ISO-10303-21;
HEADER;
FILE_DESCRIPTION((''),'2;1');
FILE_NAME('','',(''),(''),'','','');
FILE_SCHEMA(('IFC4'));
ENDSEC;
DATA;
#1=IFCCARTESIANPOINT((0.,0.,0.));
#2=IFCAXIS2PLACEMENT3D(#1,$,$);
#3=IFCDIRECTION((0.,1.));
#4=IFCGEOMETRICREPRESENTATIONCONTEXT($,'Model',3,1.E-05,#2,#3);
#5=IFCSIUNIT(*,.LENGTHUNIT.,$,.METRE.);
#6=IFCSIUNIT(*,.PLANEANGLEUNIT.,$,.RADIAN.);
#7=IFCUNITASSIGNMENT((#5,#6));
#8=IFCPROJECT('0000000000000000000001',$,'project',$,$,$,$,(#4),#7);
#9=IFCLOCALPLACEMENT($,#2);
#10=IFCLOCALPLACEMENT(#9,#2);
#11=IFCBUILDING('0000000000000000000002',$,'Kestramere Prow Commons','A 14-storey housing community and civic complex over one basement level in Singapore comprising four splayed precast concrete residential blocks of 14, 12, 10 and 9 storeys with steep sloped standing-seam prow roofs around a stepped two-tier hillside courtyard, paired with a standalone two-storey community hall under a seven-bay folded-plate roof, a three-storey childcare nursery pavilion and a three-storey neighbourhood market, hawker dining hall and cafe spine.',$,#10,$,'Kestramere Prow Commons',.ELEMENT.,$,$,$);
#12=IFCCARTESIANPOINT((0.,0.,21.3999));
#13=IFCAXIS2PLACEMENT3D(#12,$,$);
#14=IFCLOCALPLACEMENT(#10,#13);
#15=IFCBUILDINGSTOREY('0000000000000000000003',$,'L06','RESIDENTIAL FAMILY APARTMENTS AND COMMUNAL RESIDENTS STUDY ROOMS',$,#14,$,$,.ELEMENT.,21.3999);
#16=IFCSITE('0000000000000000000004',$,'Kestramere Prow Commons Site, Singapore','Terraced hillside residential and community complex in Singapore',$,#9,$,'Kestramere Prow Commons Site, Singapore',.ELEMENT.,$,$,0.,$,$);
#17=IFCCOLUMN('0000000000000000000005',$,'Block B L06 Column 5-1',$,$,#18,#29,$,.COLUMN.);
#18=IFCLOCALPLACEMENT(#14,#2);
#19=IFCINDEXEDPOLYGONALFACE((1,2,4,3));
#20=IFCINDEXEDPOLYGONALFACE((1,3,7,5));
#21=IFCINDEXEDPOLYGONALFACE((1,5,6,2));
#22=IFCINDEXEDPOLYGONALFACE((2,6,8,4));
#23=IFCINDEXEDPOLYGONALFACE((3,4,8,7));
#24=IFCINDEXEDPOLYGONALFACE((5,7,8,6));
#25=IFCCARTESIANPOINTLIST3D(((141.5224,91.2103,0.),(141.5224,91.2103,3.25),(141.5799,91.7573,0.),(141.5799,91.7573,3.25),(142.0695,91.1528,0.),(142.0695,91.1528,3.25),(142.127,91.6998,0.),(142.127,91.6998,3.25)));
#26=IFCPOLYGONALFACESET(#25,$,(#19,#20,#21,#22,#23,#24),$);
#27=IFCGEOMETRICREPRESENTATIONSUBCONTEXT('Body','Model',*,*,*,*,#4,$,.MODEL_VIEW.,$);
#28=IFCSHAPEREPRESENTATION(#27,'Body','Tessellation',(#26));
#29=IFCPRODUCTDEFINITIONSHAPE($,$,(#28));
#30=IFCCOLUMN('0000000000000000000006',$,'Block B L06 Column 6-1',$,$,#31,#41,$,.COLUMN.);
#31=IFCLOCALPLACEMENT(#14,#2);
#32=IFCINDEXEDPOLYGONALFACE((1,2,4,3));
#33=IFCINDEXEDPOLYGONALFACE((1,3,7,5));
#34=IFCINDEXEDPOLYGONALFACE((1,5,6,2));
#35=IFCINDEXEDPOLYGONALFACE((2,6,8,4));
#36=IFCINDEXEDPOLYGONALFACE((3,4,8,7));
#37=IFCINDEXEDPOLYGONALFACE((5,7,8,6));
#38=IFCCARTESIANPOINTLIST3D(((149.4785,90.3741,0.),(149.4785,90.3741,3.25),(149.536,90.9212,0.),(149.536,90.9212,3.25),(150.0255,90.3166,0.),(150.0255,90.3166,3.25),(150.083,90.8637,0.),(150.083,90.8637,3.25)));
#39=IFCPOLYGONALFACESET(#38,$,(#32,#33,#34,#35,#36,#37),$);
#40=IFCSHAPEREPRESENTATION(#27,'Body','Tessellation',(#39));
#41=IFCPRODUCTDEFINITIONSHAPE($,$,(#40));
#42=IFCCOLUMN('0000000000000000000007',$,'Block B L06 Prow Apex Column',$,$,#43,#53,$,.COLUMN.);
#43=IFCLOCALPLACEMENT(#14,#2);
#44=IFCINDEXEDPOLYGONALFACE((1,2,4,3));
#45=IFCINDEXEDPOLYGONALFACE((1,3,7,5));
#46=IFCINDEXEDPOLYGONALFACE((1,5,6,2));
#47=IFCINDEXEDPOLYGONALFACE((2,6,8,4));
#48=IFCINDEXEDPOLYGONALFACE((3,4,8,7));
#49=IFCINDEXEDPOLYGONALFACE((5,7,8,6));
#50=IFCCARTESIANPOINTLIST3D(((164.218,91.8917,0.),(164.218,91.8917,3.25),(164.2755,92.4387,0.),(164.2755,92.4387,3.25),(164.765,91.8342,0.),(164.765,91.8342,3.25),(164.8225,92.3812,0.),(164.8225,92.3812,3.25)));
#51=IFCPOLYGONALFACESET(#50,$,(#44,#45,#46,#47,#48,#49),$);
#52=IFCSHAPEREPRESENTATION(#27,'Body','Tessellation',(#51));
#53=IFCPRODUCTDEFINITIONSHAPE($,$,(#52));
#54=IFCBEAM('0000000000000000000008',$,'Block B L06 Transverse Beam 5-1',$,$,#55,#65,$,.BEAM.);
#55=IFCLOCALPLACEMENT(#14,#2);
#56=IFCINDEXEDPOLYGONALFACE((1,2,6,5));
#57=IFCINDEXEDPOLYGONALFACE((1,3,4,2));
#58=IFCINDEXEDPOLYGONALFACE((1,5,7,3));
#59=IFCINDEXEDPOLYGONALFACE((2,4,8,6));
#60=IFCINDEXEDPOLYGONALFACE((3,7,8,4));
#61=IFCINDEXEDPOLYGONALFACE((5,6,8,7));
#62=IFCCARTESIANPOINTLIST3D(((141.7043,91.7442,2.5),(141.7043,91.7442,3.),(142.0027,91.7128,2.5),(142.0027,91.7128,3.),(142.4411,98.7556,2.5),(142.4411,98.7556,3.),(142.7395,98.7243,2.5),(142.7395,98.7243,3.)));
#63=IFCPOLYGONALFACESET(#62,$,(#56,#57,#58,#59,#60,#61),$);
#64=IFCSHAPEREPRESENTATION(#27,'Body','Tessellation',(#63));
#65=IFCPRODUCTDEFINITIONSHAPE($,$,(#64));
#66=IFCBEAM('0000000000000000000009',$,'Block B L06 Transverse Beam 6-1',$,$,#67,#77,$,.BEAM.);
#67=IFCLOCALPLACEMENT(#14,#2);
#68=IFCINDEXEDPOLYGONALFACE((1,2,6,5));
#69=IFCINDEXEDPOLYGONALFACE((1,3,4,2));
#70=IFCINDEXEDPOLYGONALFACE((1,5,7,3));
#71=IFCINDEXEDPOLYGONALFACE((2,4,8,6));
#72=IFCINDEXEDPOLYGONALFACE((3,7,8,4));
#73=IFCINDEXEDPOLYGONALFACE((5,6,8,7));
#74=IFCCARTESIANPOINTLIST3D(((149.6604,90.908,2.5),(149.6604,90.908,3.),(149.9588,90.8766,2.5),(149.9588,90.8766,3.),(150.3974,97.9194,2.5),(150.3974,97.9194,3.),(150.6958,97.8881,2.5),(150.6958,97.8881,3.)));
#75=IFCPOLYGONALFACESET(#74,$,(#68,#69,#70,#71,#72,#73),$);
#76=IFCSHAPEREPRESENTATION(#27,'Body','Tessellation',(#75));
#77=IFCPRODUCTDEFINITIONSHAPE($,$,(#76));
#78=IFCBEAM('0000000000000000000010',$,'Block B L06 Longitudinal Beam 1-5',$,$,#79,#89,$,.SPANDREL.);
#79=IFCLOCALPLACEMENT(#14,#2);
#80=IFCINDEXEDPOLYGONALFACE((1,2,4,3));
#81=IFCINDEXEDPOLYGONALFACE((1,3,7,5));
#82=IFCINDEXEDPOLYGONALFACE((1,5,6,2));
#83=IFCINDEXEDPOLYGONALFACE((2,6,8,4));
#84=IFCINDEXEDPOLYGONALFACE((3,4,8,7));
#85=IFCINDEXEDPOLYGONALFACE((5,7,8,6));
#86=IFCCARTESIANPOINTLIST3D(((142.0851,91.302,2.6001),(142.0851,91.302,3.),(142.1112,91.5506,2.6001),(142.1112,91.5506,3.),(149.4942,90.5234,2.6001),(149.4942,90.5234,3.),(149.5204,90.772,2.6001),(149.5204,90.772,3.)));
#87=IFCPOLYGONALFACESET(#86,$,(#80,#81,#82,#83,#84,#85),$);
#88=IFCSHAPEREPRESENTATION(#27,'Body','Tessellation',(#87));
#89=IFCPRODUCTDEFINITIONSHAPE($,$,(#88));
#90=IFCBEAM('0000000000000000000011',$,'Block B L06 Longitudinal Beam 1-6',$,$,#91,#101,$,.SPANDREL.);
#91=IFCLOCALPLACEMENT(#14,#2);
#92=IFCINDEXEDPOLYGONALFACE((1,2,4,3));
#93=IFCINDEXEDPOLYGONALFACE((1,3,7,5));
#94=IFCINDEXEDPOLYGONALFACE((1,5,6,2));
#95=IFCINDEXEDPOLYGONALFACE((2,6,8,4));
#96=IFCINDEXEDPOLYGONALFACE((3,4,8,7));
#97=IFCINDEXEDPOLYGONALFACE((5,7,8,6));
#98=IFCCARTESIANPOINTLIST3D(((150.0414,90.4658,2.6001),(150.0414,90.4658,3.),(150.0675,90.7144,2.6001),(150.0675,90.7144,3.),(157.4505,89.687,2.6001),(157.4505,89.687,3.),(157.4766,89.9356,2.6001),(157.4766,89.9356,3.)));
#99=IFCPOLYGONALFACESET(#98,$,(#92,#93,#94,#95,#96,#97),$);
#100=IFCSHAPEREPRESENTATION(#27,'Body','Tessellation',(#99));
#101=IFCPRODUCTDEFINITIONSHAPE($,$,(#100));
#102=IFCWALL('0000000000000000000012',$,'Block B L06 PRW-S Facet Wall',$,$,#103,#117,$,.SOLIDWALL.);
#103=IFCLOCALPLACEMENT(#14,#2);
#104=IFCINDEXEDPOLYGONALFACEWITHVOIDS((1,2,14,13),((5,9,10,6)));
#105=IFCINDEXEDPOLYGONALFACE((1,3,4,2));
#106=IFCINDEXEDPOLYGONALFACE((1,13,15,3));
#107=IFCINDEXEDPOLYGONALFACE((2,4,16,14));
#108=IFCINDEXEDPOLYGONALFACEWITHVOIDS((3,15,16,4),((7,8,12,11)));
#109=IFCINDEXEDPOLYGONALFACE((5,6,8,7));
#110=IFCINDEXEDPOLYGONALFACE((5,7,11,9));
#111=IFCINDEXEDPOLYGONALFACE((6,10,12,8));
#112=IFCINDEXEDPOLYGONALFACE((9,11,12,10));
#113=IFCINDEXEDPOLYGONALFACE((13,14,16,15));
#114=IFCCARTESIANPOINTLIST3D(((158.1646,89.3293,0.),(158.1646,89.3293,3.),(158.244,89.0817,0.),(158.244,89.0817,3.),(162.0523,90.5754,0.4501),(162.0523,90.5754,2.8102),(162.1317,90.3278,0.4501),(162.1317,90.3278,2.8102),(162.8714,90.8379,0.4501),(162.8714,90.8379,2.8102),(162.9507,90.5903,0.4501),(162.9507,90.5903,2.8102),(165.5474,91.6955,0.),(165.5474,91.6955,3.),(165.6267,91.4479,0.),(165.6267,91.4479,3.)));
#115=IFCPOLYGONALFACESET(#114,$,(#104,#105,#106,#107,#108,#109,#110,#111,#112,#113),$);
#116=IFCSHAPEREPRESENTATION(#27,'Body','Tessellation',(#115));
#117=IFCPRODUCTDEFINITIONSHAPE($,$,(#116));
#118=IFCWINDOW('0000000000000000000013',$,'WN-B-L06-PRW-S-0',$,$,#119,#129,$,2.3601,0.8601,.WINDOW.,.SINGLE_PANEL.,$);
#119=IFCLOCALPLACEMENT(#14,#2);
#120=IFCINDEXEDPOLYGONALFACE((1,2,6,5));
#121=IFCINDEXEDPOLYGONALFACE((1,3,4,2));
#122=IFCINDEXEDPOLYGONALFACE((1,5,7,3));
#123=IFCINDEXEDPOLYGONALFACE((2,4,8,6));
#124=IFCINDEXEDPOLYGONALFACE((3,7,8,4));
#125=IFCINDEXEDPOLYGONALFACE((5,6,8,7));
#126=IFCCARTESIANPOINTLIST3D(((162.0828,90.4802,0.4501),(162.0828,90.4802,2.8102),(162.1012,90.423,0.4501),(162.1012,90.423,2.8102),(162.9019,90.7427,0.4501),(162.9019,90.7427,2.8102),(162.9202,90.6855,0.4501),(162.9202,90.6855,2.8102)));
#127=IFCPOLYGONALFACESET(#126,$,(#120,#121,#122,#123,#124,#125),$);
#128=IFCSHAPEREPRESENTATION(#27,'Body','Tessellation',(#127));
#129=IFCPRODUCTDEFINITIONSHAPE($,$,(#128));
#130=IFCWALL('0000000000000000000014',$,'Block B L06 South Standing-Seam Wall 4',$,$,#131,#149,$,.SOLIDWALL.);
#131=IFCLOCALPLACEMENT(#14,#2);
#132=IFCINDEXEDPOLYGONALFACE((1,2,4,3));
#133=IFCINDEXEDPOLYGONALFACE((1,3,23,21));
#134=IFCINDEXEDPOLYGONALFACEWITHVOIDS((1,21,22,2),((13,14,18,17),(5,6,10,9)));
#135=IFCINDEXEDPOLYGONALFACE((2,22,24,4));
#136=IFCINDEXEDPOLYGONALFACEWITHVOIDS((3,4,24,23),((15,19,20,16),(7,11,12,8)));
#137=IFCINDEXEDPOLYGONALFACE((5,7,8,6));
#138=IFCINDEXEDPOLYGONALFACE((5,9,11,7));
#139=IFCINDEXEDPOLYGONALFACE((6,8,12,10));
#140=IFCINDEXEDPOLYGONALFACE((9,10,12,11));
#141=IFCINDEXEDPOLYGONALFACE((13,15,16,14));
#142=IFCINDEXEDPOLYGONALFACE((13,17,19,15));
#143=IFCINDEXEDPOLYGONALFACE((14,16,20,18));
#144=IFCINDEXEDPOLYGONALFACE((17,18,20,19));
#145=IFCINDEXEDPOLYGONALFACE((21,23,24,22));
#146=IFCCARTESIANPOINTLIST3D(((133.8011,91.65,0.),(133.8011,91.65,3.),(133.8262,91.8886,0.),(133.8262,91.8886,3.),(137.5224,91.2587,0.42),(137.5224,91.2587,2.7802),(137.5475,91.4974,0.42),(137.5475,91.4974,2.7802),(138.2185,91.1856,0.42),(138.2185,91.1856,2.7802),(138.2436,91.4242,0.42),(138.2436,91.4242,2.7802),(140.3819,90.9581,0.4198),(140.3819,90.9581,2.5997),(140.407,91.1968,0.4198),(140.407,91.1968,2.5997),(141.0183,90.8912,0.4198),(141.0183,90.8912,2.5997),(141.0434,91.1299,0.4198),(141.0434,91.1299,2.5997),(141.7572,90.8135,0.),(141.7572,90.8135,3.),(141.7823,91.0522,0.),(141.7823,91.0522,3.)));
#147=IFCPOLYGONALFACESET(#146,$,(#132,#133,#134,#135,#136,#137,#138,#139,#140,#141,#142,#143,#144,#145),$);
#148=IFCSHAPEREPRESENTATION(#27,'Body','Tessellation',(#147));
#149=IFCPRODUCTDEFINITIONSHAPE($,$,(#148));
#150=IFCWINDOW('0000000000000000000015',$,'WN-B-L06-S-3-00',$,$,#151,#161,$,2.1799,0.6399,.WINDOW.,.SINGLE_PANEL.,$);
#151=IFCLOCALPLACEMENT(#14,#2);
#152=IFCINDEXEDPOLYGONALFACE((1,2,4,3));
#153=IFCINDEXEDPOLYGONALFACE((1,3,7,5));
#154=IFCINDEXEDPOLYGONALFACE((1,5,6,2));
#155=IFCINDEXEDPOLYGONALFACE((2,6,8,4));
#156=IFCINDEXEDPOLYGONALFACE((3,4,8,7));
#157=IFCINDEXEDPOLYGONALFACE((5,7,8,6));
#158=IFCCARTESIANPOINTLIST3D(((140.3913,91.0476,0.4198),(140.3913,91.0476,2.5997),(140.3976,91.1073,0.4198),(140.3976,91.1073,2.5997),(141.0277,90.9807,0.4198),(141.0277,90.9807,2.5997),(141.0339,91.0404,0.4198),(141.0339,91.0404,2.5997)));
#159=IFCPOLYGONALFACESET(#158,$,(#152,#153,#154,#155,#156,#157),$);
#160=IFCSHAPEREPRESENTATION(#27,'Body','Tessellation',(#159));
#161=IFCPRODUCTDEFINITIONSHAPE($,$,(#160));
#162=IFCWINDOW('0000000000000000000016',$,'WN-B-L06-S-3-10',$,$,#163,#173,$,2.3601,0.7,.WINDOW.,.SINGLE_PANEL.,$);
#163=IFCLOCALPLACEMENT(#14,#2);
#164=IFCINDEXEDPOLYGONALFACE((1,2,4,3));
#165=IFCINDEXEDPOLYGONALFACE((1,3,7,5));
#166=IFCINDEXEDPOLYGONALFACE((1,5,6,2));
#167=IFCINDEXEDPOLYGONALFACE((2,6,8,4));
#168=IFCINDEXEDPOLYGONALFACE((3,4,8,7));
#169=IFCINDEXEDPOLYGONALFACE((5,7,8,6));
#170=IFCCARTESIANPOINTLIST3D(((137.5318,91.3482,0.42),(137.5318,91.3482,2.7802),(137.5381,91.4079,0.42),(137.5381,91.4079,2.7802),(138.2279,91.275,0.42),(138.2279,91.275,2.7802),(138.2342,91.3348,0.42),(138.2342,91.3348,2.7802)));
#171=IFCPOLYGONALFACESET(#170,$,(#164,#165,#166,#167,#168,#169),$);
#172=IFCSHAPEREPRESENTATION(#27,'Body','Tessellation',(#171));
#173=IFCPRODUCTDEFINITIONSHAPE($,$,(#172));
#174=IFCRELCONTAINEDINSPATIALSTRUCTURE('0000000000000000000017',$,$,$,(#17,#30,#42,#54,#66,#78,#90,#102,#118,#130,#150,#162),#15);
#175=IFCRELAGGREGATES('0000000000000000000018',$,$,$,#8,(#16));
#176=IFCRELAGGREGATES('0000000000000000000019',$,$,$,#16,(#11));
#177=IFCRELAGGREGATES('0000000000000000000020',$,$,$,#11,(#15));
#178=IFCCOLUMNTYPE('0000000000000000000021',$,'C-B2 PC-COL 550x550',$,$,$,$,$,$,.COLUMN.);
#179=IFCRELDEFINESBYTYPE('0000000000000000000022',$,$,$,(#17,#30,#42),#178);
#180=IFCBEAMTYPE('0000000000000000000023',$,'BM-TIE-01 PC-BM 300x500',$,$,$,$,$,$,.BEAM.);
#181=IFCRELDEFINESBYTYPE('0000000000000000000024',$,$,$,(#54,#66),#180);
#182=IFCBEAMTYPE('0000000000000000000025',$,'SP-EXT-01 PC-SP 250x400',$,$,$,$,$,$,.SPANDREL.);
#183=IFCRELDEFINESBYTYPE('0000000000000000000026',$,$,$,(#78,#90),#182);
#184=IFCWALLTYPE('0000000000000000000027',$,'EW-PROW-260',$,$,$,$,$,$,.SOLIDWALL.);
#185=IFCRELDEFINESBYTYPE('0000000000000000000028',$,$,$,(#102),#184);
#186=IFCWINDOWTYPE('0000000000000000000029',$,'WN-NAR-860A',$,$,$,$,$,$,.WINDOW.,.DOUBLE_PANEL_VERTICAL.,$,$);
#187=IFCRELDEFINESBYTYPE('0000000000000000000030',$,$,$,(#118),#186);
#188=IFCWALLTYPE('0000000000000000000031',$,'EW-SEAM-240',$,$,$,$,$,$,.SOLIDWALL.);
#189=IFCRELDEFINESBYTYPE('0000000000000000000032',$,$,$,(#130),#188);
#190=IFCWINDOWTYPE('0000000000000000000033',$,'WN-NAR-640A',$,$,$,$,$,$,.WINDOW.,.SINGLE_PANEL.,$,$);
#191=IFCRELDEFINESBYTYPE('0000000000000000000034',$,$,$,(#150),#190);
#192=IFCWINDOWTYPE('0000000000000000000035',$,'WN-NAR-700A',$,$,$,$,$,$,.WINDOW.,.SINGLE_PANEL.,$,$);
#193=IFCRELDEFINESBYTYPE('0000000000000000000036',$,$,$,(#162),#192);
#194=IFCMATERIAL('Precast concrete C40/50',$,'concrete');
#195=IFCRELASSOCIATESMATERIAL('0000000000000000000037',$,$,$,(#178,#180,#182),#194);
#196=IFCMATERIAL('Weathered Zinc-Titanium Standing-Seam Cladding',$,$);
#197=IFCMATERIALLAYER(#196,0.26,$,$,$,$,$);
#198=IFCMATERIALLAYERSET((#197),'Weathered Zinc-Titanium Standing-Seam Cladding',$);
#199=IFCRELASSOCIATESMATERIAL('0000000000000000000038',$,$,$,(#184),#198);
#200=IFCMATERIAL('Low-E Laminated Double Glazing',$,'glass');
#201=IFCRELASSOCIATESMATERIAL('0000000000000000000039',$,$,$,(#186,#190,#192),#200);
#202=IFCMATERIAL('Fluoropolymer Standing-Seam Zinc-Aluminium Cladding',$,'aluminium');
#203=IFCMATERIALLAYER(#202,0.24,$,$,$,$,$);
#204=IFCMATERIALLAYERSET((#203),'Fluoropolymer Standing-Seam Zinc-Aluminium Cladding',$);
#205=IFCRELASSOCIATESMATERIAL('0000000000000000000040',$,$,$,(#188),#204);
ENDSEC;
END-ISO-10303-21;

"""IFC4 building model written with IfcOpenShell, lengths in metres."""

from ifc_helpers import new_model, si_unit, direction, frame, frame_2d, origin, origin_2d, place, context, subcontext, project, spatial, rectangle, extrude, material, layer, layer_set, material_profile, profile_set, type_object, element, fill, save


model = new_model("IFC4")

# Units and contexts
model_context = context("Model", 3, precision=1e-05, world=origin(), true_north=direction((0.0, 1.0)))
body_context = subcontext(model_context, "Body", "Model", "MODEL_VIEW")
ifc_project = project(units=[si_unit("LENGTHUNIT", "METRE"), si_unit("PLANEANGLEUNIT", "RADIAN")], contexts=[model_context])

# Site, building, storey
site_placement = place(None, origin())
site = spatial("IfcSite", under=ifc_project, at=site_placement, Name="Kestramere Prow Commons Site, Singapore", Description="Terraced hillside residential and community complex in Singapore", LongName="Kestramere Prow Commons Site, Singapore", CompositionType="ELEMENT", RefElevation=0.0)
building_placement = place(site_placement, origin())
building = spatial("IfcBuilding", under=site, at=building_placement, Name="Kestramere Prow Commons", Description="A 14-storey housing community and civic complex over one basement level in Singapore comprising four splayed precast concrete residential blocks of 14, 12, 10 and 9 storeys with steep sloped standing-seam prow roofs around a stepped two-tier hillside courtyard, paired with a standalone two-storey community hall under a seven-bay folded-plate roof, a three-storey childcare nursery pavilion and a three-storey neighbourhood market, hawker dining hall and cafe spine.", LongName="Kestramere Prow Commons", CompositionType="ELEMENT")
storey_placement = place(building_placement, frame((0.0, 0.0, 21.3999)))
storey = spatial("IfcBuildingStorey", under=building, at=storey_placement, Name="L06", Description="RESIDENTIAL FAMILY APARTMENTS AND COMMUNAL RESIDENTS STUDY ROOMS", CompositionType="ELEMENT", Elevation=21.3999)

# Columns
ifc_material_1 = material(Name="Precast concrete C40/50", Category="concrete")
ifc_material_profile_1 = material_profile(ifc_material_1, rectangle(XDim=0.55, YDim=0.55, at=origin_2d()), Name="PC-COL 550x550")
ifc_profile_set_1 = profile_set([ifc_material_profile_1], Name="Precast concrete C40/50")
column_type = type_object("IfcColumnType", Name="C-B2 PC-COL 550x550", PredefinedType="COLUMN", material=ifc_profile_set_1)
for number, where, z_axis, x_axis, name in (
    (1, (141.8247, 91.4551, 0.0), (0.0, 0.0, 1.0), (0.994522, -0.104528, 0.0), "Block B L06 Column 5-1"),
    (2, (149.7808, 90.6189, 0.0), (0.0, 0.0, 1.0), (0.994522, -0.104528, 0.0), "Block B L06 Column 6-1"),
    (3, (164.5203, 92.1365, 0.0), (0.0, 0.0, 1.0), (0.994522, -0.104528, 0.0), "Block B L06 Prow Apex Column"),
):
    element("IfcColumn", number, at=place(storey_placement, frame(where, z_axis=z_axis, x_axis=x_axis)), inside=storey, type_object=column_type, Name=name, PredefinedType="COLUMN", context=body_context, shape_type="SweptSolid", body=[
        extrude(rectangle(XDim=0.55, YDim=0.55, at=origin_2d()), origin(), (0.0, 0.0, 1.0), 3.25),
    ])

# Beams
ifc_material_profile_2 = material_profile(ifc_material_1, rectangle(XDim=0.3, YDim=0.5, at=origin_2d()), Name="PC-BM 300x500")
ifc_profile_set_2 = profile_set([ifc_material_profile_2], Name="Precast concrete C40/50")
beam_type_1 = type_object("IfcBeamType", Name="BM-TIE-01 PC-BM 300x500", PredefinedType="BEAM", material=ifc_profile_set_2)
for number, where, z_axis, x_axis, name in (
    (4, (141.8535, 91.7285, 2.75), (0.104512, 0.994524, 0.0), (-0.994524, 0.104512, 0.0), "Block B L06 Transverse Beam 5-1"),
    (5, (149.8096, 90.8923, 2.75), (0.104546, 0.99452, 0.0), (-0.99452, 0.104546, 0.0), "Block B L06 Transverse Beam 6-1"),
):
    element("IfcBeam", number, at=place(storey_placement, frame(where, z_axis=z_axis, x_axis=x_axis)), inside=storey, type_object=beam_type_1, Name=name, PredefinedType="BEAM", context=body_context, shape_type="SweptSolid", body=[
        extrude(rectangle(XDim=0.3, YDim=0.5, at=origin_2d()), origin(), (0.0, 0.0, 1.0), 7.05),
    ])
ifc_material_profile_3 = material_profile(ifc_material_1, rectangle(XDim=0.25, YDim=0.3999, at=origin_2d()), Name="PC-SP 250x400")
ifc_profile_set_3 = profile_set([ifc_material_profile_3], Name="Precast concrete C40/50")
beam_type_2 = type_object("IfcBeamType", Name="SP-EXT-01 PC-SP 250x400", PredefinedType="SPANDREL", material=ifc_profile_set_3)
for number, where, z_axis, x_axis, name in (
    (6, (142.0981, 91.4263, 2.8), (0.994524, -0.104506, 0.0), (0.104506, 0.994524, 0.0), "Block B L06 Longitudinal Beam 1-5"),
    (7, (150.0544, 90.5901, 2.8), (0.994521, -0.104538, 0.0), (0.104538, 0.994521, 0.0), "Block B L06 Longitudinal Beam 1-6"),
):
    element("IfcBeam", number, at=place(storey_placement, frame(where, z_axis=z_axis, x_axis=x_axis)), inside=storey, type_object=beam_type_2, Name=name, PredefinedType="SPANDREL", context=body_context, shape_type="SweptSolid", body=[
        extrude(rectangle(XDim=0.25, YDim=0.3999, at=origin_2d()), origin(), (0.0, 0.0, 1.0), 7.45),
    ])

# Wall, opening, window
ifc_material_2 = material(Name="Weathered Zinc-Titanium Standing-Seam Cladding")
ifc_layer_1 = layer(ifc_material_2, 0.26)
ifc_layer_set_1 = layer_set([ifc_layer_1], Name="Weathered Zinc-Titanium Standing-Seam Cladding")
wall_type_1 = type_object("IfcWallType", Name="EW-PROW-260", PredefinedType="SOLIDWALL", material=ifc_layer_set_1)
wall_1_placement = place(storey_placement, frame((165.5872, 91.5718, 0.0), z_axis=(0.0, 0.0, 1.0), x_axis=(-0.952285, -0.30521, 0.0)))
wall_1 = element("IfcWall", 8, at=wall_1_placement, inside=storey, type_object=wall_type_1, Name="Block B L06 PRW-S Facet Wall", PredefinedType="SOLIDWALL", context=body_context, shape_type="SweptSolid", body=[
    extrude(rectangle(XDim=7.7527, YDim=0.26, at=frame_2d((3.8765, 0.0))), origin(), (0.0, 0.0, 1.0), 3.0),
])
opening_1_placement = place(wall_1_placement, frame((2.8101, 0.0, 0.45)))
opening_1 = element("IfcOpeningElement", 9, at=opening_1_placement, cuts=wall_1, PredefinedType="OPENING", context=body_context, shape_type="SweptSolid", body=[
    extrude(rectangle(XDim=0.8601, YDim=2.3601, at=frame_2d((0.4302, 1.1802))), frame((0.0, 0.145, 0.0), z_axis=(0.0, -1.0, 0.0), x_axis=(1.0, 0.0, 0.0)), (0.0, 0.0, 1.0), 0.29),
])
ifc_material_3 = material(Name="Low-E Laminated Double Glazing", Category="glass")
window_type_1 = type_object("IfcWindowType", Name="WN-NAR-860A", PartitioningType="DOUBLE_PANEL_VERTICAL", PredefinedType="WINDOW", material=ifc_material_3)
window_1_placement = place(opening_1_placement, origin())
window_1 = element("IfcWindow", 10, at=window_1_placement, inside=storey, type_object=window_type_1, Name="WN-B-L06-PRW-S-0", OverallHeight=2.3601, OverallWidth=0.8601, PartitioningType="SINGLE_PANEL", PredefinedType="WINDOW", context=body_context, shape_type="SweptSolid", body=[
    extrude(rectangle(XDim=0.8601, YDim=2.3601, at=frame_2d((0.4302, 1.1802))), frame((0.0, 0.03, 0.0), z_axis=(0.0, -1.0, 0.0), x_axis=(1.0, 0.0, 0.0)), (0.0, 0.0, 1.0), 0.0601),
])
fill(opening_1, window_1)

# Wall, openings, windows
ifc_material_4 = material(Name="Fluoropolymer Standing-Seam Zinc-Aluminium Cladding", Category="aluminium")
ifc_layer_2 = layer(ifc_material_4, 0.24)
ifc_layer_set_2 = layer_set([ifc_layer_2], Name="Fluoropolymer Standing-Seam Zinc-Aluminium Cladding")
wall_type_2 = type_object("IfcWallType", Name="EW-SEAM-240", PredefinedType="SOLIDWALL", material=ifc_layer_set_2)
wall_2_placement = place(storey_placement, frame((141.7698, 90.9329, 0.0), z_axis=(0.0, 0.0, 1.0), x_axis=(-0.994519, 0.104555, 0.0)))
wall_2 = element("IfcWall", 11, at=wall_2_placement, inside=storey, type_object=wall_type_2, Name="Block B L06 South Standing-Seam Wall 4", PredefinedType="SOLIDWALL", context=body_context, shape_type="SweptSolid", body=[
    extrude(rectangle(XDim=8.0, YDim=0.24, at=frame_2d((4.0, 0.0))), origin(), (0.0, 0.0, 1.0), 3.0),
])
opening_2_placement = place(wall_2_placement, frame((0.7432, 0.0, 0.4199)))
opening_2 = element("IfcOpeningElement", 12, at=opening_2_placement, cuts=wall_2, PredefinedType="OPENING", context=body_context, shape_type="SweptSolid", body=[
    extrude(rectangle(XDim=0.6399, YDim=2.1799, at=frame_2d((0.3198, 1.0898))), frame((0.0, 0.135, 0.0), z_axis=(0.0, -1.0, 0.0), x_axis=(1.0, 0.0, 0.0)), (0.0, 0.0, 1.0), 0.27),
])
opening_3_placement = place(wall_2_placement, frame((3.5581, 0.0, 0.4199)))
opening_3 = element("IfcOpeningElement", 13, at=opening_3_placement, cuts=wall_2, PredefinedType="OPENING", context=body_context, shape_type="SweptSolid", body=[
    extrude(rectangle(XDim=0.7, YDim=2.3601, at=frame_2d((0.3501, 1.1802))), frame((0.0, 0.135, 0.0), z_axis=(0.0, -1.0, 0.0), x_axis=(1.0, 0.0, 0.0)), (0.0, 0.0, 1.0), 0.27),
])
window_type_2 = type_object("IfcWindowType", Name="WN-NAR-640A", PartitioningType="SINGLE_PANEL", PredefinedType="WINDOW", material=ifc_material_3)
window_2_placement = place(opening_2_placement, origin())
window_2 = element("IfcWindow", 14, at=window_2_placement, inside=storey, type_object=window_type_2, Name="WN-B-L06-S-3-00", OverallHeight=2.1799, OverallWidth=0.6399, PartitioningType="SINGLE_PANEL", PredefinedType="WINDOW", context=body_context, shape_type="SweptSolid", body=[
    extrude(rectangle(XDim=0.6399, YDim=2.1799, at=frame_2d((0.3198, 1.0898))), frame((0.0, 0.03, 0.0), z_axis=(0.0, -1.0, 0.0), x_axis=(1.0, 0.0, 0.0)), (0.0, 0.0, 1.0), 0.0601),
])
fill(opening_2, window_2)
window_type_3 = type_object("IfcWindowType", Name="WN-NAR-700A", PartitioningType="SINGLE_PANEL", PredefinedType="WINDOW", material=ifc_material_3)
window_3_placement = place(opening_3_placement, origin())
window_3 = element("IfcWindow", 15, at=window_3_placement, inside=storey, type_object=window_type_3, Name="WN-B-L06-S-3-10", OverallHeight=2.3601, OverallWidth=0.7, PartitioningType="SINGLE_PANEL", PredefinedType="WINDOW", context=body_context, shape_type="SweptSolid", body=[
    extrude(rectangle(XDim=0.7, YDim=2.3601, at=frame_2d((0.3501, 1.1802))), frame((0.0, 0.03, 0.0), z_axis=(0.0, -1.0, 0.0), x_axis=(1.0, 0.0, 0.0)), (0.0, 0.0, 1.0), 0.0601),
])
fill(opening_3, window_3)

save(model, "model.ifc")
